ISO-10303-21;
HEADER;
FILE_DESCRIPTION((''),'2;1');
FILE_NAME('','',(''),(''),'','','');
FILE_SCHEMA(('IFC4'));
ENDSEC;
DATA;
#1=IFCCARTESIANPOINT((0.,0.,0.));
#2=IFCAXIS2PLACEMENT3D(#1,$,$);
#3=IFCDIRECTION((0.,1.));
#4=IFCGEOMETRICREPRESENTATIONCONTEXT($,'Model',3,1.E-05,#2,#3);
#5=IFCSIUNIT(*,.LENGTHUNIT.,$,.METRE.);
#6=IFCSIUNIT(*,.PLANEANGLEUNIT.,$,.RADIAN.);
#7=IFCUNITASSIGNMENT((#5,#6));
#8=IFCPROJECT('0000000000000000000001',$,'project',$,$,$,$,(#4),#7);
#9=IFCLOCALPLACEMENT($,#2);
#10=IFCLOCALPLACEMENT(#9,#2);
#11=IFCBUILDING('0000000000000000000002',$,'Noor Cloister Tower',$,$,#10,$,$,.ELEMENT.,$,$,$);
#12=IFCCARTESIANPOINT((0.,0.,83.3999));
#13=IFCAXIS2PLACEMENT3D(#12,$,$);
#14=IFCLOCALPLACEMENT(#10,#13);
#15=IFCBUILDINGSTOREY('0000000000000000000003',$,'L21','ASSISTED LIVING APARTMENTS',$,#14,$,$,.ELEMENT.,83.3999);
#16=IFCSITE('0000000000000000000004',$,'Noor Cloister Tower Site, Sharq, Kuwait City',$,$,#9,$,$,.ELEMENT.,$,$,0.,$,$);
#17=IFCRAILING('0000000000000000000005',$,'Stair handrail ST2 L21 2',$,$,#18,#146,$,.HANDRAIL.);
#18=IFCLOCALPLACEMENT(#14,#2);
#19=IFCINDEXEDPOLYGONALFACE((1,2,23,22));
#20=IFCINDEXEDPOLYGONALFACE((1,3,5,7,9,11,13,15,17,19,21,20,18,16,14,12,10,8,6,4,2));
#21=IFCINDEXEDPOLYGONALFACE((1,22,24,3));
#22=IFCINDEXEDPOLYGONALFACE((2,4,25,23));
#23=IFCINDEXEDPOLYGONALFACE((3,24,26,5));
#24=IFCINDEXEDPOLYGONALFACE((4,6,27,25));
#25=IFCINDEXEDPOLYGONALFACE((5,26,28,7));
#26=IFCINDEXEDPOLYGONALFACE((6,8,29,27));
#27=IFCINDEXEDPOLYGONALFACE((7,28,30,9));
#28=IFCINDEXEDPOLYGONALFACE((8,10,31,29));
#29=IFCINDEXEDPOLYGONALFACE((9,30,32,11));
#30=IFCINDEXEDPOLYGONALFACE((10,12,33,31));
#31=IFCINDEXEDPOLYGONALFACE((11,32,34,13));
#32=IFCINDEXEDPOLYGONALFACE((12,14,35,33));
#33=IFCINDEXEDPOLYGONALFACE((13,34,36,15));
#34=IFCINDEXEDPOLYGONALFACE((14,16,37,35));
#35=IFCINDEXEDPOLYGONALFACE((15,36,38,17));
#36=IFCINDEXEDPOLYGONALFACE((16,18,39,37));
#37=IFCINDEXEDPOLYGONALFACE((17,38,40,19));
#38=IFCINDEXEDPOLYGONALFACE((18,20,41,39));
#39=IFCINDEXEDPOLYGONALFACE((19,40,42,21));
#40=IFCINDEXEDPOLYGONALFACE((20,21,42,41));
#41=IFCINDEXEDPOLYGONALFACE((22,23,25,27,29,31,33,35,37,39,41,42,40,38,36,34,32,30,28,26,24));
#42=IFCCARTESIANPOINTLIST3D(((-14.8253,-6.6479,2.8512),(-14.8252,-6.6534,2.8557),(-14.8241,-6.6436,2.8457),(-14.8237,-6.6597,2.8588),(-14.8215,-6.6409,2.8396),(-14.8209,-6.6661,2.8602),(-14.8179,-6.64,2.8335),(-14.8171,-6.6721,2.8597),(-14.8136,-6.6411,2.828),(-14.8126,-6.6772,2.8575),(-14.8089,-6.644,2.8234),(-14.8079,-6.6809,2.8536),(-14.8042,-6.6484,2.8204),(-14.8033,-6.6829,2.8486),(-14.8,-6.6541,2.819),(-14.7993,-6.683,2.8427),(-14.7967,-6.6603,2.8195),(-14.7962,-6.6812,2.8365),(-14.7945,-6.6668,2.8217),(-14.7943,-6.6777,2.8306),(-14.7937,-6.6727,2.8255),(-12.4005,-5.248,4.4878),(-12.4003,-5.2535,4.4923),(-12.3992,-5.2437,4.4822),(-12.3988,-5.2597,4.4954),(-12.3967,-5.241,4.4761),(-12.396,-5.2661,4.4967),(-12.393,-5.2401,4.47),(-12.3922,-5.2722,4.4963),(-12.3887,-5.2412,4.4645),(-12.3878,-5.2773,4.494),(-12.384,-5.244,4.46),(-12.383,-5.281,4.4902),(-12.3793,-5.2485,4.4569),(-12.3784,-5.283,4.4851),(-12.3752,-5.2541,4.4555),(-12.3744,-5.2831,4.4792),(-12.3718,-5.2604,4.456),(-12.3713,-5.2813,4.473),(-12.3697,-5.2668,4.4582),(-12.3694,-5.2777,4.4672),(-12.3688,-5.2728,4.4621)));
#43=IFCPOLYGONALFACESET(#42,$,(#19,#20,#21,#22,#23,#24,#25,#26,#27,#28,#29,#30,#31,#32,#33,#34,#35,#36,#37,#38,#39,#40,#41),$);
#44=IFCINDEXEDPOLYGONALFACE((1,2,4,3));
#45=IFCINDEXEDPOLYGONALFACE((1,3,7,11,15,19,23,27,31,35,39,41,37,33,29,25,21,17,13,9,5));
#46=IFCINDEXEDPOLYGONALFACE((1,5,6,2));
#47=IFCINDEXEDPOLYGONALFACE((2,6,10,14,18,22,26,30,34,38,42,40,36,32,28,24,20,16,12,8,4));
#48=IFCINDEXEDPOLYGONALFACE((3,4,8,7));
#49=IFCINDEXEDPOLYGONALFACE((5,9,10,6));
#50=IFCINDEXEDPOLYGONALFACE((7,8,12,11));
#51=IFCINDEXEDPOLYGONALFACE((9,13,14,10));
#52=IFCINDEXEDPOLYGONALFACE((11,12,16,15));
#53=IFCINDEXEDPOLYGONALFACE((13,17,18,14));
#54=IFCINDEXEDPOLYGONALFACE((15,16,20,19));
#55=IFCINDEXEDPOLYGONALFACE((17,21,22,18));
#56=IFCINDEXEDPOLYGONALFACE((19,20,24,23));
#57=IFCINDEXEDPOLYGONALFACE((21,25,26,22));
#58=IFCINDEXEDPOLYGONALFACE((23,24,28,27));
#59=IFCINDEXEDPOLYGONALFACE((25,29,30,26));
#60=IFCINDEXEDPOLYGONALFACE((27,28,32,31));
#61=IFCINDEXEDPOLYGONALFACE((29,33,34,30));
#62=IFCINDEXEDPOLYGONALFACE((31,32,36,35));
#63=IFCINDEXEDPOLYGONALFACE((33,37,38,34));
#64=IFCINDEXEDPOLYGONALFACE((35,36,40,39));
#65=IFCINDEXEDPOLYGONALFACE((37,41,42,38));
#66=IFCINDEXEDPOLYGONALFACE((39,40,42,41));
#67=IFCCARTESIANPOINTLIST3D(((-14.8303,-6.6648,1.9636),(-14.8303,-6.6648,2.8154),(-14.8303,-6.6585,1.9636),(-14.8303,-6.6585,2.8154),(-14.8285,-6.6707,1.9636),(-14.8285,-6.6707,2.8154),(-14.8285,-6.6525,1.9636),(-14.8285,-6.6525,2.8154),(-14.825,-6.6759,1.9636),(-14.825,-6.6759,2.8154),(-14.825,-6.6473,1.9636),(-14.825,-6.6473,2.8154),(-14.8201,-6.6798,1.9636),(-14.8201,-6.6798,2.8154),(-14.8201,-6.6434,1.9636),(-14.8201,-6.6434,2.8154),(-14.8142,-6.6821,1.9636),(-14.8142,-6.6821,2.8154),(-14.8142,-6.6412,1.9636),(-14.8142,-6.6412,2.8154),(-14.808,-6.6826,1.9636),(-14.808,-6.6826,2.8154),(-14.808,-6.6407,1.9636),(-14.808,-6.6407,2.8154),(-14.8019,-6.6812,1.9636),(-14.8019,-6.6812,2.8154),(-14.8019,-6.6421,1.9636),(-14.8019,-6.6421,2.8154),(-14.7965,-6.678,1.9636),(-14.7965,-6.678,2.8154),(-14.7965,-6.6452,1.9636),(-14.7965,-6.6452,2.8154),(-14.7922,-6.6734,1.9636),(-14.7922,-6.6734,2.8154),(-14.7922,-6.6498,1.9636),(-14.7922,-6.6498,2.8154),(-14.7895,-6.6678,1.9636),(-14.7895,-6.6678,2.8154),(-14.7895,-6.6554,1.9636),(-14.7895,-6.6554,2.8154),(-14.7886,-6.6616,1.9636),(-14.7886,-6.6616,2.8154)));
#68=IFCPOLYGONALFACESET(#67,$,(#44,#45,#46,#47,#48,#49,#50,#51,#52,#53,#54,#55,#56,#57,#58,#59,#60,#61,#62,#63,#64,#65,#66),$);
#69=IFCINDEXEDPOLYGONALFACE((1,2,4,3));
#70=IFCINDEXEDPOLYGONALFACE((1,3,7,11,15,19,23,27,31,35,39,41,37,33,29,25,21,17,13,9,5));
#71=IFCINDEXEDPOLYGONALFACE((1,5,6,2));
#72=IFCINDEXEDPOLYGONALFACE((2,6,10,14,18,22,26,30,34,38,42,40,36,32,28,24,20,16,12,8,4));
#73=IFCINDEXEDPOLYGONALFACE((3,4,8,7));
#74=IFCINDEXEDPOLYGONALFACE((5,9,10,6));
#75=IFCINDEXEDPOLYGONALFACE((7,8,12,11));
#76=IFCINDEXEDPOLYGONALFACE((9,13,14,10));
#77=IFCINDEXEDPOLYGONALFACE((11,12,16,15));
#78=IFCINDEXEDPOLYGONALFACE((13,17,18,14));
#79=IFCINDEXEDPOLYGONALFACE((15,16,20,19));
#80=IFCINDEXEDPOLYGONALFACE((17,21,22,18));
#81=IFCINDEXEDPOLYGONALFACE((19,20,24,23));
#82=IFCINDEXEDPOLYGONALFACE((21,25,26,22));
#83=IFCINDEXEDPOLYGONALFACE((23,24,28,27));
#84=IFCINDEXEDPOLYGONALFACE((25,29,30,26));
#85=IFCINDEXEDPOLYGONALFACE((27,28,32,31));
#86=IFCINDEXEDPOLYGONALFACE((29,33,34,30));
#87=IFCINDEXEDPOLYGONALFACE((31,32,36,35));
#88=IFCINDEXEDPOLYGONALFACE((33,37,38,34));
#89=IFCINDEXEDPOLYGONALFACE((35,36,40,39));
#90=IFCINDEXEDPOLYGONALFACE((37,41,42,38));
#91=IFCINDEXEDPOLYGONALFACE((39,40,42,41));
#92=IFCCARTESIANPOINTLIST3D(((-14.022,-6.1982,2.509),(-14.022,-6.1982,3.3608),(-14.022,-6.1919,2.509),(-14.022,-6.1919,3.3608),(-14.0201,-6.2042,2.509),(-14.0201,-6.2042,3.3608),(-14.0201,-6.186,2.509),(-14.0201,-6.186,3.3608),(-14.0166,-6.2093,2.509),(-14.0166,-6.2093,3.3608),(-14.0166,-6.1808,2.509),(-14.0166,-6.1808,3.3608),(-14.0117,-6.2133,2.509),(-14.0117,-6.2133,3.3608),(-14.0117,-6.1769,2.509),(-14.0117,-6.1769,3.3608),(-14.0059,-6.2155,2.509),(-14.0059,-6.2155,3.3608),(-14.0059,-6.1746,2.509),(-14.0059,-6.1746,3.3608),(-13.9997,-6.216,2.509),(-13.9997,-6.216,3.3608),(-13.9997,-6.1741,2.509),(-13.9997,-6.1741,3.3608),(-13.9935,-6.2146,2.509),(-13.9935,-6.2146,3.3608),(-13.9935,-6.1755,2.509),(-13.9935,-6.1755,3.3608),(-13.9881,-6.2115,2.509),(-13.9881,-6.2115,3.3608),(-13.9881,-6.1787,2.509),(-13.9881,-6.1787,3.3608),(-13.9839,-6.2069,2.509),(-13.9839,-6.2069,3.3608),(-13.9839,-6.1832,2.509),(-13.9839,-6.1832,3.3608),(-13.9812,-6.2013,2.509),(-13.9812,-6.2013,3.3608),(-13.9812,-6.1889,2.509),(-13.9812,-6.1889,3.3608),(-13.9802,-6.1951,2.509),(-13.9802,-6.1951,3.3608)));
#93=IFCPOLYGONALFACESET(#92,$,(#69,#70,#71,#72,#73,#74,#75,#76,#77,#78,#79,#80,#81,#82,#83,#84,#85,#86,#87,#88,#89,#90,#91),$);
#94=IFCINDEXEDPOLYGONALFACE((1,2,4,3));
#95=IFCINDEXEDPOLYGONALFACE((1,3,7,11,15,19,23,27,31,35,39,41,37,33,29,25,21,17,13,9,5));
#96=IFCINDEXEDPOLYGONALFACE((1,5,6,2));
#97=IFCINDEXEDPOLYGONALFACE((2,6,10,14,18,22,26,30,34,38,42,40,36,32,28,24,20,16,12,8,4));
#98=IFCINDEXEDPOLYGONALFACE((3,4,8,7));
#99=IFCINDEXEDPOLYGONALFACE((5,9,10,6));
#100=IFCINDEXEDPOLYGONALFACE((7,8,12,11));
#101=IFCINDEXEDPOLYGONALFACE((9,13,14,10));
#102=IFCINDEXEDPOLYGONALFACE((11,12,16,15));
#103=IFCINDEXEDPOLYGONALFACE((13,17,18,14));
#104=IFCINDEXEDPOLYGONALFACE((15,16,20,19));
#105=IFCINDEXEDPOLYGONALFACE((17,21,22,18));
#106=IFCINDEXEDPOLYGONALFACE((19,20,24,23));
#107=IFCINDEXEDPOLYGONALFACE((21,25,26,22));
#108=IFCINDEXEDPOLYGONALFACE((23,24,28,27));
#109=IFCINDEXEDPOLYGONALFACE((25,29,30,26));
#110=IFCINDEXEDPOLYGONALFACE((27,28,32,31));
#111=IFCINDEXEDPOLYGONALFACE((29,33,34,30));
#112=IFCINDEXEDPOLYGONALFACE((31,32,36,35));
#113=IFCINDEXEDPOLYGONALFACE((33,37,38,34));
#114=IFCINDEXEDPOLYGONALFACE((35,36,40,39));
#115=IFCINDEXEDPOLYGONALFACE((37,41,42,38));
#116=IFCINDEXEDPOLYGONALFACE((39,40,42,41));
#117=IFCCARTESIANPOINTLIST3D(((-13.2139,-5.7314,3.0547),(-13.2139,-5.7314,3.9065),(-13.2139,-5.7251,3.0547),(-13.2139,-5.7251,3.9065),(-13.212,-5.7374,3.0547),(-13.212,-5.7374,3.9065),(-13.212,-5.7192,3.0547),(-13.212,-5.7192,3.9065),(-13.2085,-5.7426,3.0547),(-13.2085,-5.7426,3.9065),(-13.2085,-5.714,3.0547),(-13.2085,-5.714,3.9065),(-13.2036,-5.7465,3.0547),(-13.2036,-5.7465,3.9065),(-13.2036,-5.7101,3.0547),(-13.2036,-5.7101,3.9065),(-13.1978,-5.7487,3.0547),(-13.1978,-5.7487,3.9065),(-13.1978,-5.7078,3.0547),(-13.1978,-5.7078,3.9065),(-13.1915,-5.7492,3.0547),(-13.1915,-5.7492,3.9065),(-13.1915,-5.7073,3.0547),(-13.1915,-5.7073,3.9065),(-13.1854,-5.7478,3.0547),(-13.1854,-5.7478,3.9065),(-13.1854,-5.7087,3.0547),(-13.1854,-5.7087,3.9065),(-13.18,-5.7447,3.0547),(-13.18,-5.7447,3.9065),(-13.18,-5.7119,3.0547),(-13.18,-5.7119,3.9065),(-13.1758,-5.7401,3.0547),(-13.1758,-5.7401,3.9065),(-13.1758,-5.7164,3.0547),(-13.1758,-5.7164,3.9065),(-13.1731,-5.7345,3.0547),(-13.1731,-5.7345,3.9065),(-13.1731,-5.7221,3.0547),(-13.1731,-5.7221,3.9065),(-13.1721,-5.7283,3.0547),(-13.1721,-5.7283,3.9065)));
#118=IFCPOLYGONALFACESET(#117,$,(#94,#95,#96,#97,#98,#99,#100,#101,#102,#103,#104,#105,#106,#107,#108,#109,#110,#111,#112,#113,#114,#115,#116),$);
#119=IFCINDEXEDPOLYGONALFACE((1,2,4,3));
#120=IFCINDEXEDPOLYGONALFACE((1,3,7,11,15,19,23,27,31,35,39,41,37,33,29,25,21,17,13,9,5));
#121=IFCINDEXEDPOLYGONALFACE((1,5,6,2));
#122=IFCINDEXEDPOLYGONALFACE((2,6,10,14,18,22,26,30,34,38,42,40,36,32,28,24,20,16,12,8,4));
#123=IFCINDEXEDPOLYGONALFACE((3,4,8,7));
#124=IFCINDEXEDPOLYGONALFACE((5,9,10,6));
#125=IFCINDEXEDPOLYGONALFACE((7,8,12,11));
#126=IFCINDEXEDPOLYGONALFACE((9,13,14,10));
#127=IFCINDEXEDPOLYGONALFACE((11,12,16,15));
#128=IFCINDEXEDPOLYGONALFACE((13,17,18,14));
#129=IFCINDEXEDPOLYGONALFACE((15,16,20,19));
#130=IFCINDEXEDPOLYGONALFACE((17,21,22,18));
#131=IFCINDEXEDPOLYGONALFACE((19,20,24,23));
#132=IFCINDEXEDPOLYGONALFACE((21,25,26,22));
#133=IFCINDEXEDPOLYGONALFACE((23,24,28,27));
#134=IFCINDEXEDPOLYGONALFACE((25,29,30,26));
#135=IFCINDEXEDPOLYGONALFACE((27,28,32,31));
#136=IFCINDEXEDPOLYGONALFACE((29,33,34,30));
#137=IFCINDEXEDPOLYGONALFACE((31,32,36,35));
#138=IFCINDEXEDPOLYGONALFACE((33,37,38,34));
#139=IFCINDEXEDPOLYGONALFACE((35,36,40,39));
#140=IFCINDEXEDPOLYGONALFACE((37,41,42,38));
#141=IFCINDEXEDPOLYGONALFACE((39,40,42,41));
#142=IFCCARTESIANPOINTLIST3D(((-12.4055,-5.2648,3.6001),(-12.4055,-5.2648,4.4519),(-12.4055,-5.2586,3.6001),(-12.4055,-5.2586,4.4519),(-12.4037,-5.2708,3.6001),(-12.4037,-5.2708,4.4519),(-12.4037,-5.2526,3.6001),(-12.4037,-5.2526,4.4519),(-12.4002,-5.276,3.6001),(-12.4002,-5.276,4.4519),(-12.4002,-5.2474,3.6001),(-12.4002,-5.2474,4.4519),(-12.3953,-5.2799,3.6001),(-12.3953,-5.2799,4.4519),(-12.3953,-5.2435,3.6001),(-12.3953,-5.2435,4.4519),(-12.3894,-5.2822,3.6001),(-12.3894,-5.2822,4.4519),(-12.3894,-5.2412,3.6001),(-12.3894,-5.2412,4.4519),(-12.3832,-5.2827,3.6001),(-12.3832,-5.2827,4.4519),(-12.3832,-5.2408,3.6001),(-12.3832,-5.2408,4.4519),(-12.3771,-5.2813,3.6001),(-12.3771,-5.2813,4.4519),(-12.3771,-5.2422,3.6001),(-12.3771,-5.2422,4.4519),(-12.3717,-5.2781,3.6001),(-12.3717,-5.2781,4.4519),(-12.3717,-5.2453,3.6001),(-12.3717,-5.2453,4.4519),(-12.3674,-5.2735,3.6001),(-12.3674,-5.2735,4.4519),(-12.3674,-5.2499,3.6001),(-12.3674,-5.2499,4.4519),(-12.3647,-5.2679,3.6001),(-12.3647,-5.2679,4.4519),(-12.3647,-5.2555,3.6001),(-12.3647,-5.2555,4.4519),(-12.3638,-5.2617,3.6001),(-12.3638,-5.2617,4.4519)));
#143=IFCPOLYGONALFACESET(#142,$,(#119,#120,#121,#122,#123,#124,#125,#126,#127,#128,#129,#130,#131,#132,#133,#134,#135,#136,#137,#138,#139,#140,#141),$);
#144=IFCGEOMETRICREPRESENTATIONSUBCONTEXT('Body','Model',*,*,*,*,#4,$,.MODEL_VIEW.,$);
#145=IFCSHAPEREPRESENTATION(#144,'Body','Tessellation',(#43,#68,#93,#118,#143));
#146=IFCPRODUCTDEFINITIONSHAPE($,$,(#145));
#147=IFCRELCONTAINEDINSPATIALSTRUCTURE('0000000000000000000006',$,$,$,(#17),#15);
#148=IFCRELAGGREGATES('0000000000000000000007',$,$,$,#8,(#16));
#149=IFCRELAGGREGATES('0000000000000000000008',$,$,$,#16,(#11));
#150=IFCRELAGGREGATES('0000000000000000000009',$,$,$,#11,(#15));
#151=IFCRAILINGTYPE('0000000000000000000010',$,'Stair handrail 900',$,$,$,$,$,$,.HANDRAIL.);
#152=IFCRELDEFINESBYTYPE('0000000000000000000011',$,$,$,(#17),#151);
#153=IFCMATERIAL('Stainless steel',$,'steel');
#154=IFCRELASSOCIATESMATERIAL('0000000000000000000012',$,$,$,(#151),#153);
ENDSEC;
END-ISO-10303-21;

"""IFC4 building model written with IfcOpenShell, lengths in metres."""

from ifc_helpers import new_model, si_unit, direction, frame, origin, origin_2d, place, context, subcontext, project, spatial, circle, extrude, material, type_object, element, save


model = new_model("IFC4")

# Units and contexts
model_context = context("Model", 3, precision=1e-05, world=origin(), true_north=direction((0.0, 1.0)))
body_context = subcontext(model_context, "Body", "Model", "MODEL_VIEW")
ifc_project = project(units=[si_unit("LENGTHUNIT", "METRE"), si_unit("PLANEANGLEUNIT", "RADIAN")], contexts=[model_context])

# Site, building, storey
site_placement = place(None, origin())
site = spatial("IfcSite", under=ifc_project, at=site_placement, Name="Noor Cloister Tower Site, Sharq, Kuwait City", CompositionType="ELEMENT", RefElevation=0.0)
building_placement = place(site_placement, origin())
building = spatial("IfcBuilding", under=site, at=building_placement, Name="Noor Cloister Tower", CompositionType="ELEMENT")
storey_placement = place(building_placement, frame((0.0, 0.0, 83.3999)))
storey = spatial("IfcBuildingStorey", under=building, at=storey_placement, Name="L21", Description="ASSISTED LIVING APARTMENTS", CompositionType="ELEMENT", Elevation=83.3999)

# Railing
ifc_material_1 = material(Name="Stainless steel", Category="steel")
railing_type_1 = type_object("IfcRailingType", Name="Stair handrail 900", PredefinedType="HANDRAIL", material=ifc_material_1)
railing_1_placement = place(storey_placement, frame((-14.8096, -6.6616, 1.9636)))
element("IfcRailing", 1, at=railing_1_placement, inside=storey, type_object=railing_type_1, Name="Stair handrail ST2 L21 2", PredefinedType="HANDRAIL", context=body_context, shape_type="SweptSolid", body=[
    extrude(circle(Radius=0.0239, at=origin_2d()), frame((0.0, 0.0, 0.876), z_axis=(0.74769, 0.431661, 0.504608), x_axis=(-0.499984, 0.866035, 0.0)), (0.0, 0.0, 1.0), 3.2432),
    extrude(circle(Radius=0.021, at=origin_2d()), origin(), (0.0, 0.0, 1.0), 0.8518),
    extrude(circle(Radius=0.021, at=origin_2d()), frame((0.8083, 0.4666, 0.5454)), (0.0, 0.0, 1.0), 0.8518),
    extrude(circle(Radius=0.021, at=origin_2d()), frame((1.6165, 0.9333, 1.0911)), (0.0, 0.0, 1.0), 0.8518),
    extrude(circle(Radius=0.021, at=origin_2d()), frame((2.4248, 1.3999, 1.6365)), (0.0, 0.0, 1.0), 0.8518),
])

save(model, "model.ifc")
